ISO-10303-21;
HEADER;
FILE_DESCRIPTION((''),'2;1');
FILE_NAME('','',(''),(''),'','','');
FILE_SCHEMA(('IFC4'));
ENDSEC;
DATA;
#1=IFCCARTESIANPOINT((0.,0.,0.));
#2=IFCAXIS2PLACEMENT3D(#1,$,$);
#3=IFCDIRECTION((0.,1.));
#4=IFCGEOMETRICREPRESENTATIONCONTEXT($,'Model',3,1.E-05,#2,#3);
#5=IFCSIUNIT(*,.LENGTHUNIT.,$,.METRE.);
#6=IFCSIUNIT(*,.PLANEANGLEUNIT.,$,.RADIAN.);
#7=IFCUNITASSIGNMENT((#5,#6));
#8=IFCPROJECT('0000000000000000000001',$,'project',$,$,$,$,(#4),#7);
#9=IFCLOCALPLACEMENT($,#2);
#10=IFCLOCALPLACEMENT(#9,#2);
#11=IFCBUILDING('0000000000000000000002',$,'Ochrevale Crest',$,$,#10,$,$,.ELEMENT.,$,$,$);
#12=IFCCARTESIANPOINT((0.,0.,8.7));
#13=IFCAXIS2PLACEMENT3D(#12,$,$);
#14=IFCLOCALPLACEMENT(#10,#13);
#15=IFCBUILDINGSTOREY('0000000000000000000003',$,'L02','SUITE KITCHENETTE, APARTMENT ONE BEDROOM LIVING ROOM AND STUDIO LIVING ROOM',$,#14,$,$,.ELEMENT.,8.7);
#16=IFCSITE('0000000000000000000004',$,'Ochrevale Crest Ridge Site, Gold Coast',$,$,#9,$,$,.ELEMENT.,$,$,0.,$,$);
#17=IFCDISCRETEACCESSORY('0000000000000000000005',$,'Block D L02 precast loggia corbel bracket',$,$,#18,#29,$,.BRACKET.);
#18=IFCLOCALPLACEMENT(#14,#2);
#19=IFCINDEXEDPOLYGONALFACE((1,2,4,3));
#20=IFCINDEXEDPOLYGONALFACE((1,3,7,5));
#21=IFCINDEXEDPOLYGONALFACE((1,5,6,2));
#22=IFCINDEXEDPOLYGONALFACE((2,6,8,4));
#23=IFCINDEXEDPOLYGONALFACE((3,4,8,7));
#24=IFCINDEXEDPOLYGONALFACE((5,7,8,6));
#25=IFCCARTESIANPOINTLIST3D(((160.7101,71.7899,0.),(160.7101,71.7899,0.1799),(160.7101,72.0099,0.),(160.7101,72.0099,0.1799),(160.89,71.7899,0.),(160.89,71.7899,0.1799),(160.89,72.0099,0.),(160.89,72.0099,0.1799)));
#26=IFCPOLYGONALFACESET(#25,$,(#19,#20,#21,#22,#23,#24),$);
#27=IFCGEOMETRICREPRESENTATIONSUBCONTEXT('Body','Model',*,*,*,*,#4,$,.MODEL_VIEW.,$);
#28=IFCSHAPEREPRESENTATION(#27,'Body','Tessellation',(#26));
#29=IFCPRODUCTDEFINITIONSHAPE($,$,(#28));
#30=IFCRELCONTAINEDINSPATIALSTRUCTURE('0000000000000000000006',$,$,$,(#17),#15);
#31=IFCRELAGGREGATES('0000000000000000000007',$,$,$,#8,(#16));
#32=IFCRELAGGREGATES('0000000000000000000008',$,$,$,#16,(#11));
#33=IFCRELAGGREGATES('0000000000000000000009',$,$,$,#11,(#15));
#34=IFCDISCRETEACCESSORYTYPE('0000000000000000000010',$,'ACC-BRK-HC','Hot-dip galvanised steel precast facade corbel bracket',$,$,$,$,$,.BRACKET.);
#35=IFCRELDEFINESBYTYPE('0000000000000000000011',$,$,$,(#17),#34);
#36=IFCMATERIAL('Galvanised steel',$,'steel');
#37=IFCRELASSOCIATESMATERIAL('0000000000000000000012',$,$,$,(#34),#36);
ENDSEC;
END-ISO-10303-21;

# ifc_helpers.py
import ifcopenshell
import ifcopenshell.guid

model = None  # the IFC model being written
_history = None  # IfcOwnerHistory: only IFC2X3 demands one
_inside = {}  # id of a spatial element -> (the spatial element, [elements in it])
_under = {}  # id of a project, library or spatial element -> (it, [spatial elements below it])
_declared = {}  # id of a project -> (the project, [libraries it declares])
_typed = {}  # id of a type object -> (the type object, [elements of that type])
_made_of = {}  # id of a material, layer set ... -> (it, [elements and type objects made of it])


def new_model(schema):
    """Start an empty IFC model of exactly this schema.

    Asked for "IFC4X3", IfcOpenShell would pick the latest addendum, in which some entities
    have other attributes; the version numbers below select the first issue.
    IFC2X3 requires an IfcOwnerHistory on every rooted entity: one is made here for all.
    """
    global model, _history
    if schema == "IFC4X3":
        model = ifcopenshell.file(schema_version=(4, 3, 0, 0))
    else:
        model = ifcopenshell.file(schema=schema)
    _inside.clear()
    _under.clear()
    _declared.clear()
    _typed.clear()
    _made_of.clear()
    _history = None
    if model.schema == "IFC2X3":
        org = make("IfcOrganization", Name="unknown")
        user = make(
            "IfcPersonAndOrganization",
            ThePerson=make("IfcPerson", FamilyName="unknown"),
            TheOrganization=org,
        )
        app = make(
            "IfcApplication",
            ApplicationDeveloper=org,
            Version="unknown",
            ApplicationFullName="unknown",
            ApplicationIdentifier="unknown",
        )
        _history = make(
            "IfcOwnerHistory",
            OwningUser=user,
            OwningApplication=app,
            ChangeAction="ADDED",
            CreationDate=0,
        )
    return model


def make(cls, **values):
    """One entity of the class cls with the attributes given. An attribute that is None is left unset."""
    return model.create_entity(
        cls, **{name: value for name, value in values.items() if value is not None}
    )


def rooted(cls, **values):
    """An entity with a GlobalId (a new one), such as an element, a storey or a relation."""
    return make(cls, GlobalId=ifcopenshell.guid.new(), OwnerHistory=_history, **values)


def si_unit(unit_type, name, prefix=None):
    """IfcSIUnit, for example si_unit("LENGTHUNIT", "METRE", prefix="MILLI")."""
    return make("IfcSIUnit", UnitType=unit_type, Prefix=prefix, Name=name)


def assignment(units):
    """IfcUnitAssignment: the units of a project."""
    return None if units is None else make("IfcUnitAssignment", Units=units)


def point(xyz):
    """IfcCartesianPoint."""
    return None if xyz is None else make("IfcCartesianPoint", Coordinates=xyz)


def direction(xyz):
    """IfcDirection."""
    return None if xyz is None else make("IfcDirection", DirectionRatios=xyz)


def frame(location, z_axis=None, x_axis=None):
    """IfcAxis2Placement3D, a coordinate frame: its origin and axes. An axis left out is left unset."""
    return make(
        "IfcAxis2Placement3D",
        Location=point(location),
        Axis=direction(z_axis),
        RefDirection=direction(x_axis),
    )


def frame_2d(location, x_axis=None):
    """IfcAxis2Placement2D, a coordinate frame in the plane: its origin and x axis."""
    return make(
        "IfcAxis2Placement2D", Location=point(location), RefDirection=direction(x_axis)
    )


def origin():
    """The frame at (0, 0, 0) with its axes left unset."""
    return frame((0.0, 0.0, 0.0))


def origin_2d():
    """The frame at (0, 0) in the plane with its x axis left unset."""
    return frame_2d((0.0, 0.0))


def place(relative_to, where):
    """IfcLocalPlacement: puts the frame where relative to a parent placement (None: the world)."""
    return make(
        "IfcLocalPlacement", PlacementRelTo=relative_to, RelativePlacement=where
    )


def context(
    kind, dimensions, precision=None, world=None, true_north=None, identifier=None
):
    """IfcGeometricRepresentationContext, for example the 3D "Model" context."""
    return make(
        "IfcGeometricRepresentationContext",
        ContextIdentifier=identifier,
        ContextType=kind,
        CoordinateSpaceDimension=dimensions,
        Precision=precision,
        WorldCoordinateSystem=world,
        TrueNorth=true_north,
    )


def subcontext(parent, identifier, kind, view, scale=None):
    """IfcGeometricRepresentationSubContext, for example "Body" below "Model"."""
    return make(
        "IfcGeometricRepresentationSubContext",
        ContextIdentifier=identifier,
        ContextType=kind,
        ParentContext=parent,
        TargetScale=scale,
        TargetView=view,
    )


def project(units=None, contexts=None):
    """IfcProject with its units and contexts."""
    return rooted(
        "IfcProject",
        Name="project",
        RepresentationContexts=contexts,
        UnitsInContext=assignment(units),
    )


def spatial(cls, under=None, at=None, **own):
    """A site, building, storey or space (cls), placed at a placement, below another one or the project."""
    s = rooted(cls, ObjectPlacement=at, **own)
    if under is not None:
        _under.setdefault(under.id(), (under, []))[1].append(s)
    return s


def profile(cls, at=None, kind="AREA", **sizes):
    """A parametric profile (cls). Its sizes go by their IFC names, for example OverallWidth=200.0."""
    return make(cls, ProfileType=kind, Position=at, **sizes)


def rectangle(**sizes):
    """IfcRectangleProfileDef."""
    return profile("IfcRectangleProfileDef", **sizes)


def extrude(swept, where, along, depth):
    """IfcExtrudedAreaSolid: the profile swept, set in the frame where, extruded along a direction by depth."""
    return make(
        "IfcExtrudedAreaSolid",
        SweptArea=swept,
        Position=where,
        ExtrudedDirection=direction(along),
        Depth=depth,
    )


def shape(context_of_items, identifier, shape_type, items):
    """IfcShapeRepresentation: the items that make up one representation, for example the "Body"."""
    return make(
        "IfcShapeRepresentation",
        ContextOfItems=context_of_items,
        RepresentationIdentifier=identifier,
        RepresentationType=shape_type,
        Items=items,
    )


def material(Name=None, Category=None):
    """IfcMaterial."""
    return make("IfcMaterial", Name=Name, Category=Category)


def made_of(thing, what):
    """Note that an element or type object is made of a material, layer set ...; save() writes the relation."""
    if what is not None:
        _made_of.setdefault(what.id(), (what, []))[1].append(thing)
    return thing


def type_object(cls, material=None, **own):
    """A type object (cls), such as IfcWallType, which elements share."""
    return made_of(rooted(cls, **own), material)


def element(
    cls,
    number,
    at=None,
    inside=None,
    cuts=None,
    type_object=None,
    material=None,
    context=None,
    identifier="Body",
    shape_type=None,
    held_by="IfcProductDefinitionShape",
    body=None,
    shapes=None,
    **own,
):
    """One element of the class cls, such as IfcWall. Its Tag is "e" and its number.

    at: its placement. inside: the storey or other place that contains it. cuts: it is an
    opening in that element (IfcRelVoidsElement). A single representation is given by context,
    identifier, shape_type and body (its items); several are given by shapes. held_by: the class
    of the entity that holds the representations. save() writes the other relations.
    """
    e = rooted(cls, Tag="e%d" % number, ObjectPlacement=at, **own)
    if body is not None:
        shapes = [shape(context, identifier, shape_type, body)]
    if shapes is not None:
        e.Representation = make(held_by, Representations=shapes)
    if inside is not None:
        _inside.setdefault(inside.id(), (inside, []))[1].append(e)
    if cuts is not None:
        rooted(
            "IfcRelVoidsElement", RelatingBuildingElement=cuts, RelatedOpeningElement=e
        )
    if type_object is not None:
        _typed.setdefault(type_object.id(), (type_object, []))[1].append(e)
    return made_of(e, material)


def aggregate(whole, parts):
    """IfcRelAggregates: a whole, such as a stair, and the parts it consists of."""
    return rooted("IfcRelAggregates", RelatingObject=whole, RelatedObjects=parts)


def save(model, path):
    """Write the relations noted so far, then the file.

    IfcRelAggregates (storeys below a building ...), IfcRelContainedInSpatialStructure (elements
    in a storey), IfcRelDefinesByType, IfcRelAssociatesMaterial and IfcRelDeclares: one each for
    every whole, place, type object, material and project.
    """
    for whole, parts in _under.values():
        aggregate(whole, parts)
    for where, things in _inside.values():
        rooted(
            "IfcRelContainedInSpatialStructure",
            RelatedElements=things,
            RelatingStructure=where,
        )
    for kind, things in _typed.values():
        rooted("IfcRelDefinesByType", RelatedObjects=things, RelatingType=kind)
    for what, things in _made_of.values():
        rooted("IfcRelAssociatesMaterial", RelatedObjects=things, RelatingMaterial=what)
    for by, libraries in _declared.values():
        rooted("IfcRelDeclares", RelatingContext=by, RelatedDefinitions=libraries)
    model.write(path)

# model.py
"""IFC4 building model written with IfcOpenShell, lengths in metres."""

from ifc_helpers import new_model, si_unit, direction, frame, origin, origin_2d, place, context, subcontext, project, spatial, rectangle, extrude, material, type_object, element, save


model = new_model("IFC4")

# Units and contexts
model_context = context("Model", 3, precision=1e-05, world=origin(), true_north=direction((0.0, 1.0)))
body_context = subcontext(model_context, "Body", "Model", "MODEL_VIEW")
ifc_project = project(units=[si_unit("LENGTHUNIT", "METRE"), si_unit("PLANEANGLEUNIT", "RADIAN")], contexts=[model_context])

# Site, building, storey
site_placement = place(None, origin())
site = spatial("IfcSite", under=ifc_project, at=site_placement, Name="Ochrevale Crest Ridge Site, Gold Coast", CompositionType="ELEMENT", RefElevation=0.0)
building_placement = place(site_placement, origin())
building = spatial("IfcBuilding", under=site, at=building_placement, Name="Ochrevale Crest", CompositionType="ELEMENT")
storey_placement = place(building_placement, frame((0.0, 0.0, 8.7)))
storey = spatial("IfcBuildingStorey", under=building, at=storey_placement, Name="L02", Description="SUITE KITCHENETTE, APARTMENT ONE BEDROOM LIVING ROOM AND STUDIO LIVING ROOM", CompositionType="ELEMENT", Elevation=8.7)

# Shared definitions
ifc_material_1 = material(Name="Galvanised steel", Category="steel")

# Discrete accessory
discrete_accessory_type = type_object("IfcDiscreteAccessoryType", Name="ACC-BRK-HC", Description="Hot-dip galvanised steel precast facade corbel bracket", PredefinedType="BRACKET", material=ifc_material_1)
discrete_accessory_placement = place(storey_placement, frame((160.8, 71.8999, 0.0), z_axis=(0.0, 0.0, 1.0), x_axis=(1.0, 0.0, 0.0)))
element("IfcDiscreteAccessory", 1, at=discrete_accessory_placement, inside=storey, type_object=discrete_accessory_type, Name="Block D L02 precast loggia corbel bracket", PredefinedType="BRACKET", context=body_context, shape_type="SweptSolid", body=[
    extrude(rectangle(XDim=0.1799, YDim=0.22, at=origin_2d()), origin(), (0.0, 0.0, 1.0), 0.1799),
])

save(model, "model.ifc")
